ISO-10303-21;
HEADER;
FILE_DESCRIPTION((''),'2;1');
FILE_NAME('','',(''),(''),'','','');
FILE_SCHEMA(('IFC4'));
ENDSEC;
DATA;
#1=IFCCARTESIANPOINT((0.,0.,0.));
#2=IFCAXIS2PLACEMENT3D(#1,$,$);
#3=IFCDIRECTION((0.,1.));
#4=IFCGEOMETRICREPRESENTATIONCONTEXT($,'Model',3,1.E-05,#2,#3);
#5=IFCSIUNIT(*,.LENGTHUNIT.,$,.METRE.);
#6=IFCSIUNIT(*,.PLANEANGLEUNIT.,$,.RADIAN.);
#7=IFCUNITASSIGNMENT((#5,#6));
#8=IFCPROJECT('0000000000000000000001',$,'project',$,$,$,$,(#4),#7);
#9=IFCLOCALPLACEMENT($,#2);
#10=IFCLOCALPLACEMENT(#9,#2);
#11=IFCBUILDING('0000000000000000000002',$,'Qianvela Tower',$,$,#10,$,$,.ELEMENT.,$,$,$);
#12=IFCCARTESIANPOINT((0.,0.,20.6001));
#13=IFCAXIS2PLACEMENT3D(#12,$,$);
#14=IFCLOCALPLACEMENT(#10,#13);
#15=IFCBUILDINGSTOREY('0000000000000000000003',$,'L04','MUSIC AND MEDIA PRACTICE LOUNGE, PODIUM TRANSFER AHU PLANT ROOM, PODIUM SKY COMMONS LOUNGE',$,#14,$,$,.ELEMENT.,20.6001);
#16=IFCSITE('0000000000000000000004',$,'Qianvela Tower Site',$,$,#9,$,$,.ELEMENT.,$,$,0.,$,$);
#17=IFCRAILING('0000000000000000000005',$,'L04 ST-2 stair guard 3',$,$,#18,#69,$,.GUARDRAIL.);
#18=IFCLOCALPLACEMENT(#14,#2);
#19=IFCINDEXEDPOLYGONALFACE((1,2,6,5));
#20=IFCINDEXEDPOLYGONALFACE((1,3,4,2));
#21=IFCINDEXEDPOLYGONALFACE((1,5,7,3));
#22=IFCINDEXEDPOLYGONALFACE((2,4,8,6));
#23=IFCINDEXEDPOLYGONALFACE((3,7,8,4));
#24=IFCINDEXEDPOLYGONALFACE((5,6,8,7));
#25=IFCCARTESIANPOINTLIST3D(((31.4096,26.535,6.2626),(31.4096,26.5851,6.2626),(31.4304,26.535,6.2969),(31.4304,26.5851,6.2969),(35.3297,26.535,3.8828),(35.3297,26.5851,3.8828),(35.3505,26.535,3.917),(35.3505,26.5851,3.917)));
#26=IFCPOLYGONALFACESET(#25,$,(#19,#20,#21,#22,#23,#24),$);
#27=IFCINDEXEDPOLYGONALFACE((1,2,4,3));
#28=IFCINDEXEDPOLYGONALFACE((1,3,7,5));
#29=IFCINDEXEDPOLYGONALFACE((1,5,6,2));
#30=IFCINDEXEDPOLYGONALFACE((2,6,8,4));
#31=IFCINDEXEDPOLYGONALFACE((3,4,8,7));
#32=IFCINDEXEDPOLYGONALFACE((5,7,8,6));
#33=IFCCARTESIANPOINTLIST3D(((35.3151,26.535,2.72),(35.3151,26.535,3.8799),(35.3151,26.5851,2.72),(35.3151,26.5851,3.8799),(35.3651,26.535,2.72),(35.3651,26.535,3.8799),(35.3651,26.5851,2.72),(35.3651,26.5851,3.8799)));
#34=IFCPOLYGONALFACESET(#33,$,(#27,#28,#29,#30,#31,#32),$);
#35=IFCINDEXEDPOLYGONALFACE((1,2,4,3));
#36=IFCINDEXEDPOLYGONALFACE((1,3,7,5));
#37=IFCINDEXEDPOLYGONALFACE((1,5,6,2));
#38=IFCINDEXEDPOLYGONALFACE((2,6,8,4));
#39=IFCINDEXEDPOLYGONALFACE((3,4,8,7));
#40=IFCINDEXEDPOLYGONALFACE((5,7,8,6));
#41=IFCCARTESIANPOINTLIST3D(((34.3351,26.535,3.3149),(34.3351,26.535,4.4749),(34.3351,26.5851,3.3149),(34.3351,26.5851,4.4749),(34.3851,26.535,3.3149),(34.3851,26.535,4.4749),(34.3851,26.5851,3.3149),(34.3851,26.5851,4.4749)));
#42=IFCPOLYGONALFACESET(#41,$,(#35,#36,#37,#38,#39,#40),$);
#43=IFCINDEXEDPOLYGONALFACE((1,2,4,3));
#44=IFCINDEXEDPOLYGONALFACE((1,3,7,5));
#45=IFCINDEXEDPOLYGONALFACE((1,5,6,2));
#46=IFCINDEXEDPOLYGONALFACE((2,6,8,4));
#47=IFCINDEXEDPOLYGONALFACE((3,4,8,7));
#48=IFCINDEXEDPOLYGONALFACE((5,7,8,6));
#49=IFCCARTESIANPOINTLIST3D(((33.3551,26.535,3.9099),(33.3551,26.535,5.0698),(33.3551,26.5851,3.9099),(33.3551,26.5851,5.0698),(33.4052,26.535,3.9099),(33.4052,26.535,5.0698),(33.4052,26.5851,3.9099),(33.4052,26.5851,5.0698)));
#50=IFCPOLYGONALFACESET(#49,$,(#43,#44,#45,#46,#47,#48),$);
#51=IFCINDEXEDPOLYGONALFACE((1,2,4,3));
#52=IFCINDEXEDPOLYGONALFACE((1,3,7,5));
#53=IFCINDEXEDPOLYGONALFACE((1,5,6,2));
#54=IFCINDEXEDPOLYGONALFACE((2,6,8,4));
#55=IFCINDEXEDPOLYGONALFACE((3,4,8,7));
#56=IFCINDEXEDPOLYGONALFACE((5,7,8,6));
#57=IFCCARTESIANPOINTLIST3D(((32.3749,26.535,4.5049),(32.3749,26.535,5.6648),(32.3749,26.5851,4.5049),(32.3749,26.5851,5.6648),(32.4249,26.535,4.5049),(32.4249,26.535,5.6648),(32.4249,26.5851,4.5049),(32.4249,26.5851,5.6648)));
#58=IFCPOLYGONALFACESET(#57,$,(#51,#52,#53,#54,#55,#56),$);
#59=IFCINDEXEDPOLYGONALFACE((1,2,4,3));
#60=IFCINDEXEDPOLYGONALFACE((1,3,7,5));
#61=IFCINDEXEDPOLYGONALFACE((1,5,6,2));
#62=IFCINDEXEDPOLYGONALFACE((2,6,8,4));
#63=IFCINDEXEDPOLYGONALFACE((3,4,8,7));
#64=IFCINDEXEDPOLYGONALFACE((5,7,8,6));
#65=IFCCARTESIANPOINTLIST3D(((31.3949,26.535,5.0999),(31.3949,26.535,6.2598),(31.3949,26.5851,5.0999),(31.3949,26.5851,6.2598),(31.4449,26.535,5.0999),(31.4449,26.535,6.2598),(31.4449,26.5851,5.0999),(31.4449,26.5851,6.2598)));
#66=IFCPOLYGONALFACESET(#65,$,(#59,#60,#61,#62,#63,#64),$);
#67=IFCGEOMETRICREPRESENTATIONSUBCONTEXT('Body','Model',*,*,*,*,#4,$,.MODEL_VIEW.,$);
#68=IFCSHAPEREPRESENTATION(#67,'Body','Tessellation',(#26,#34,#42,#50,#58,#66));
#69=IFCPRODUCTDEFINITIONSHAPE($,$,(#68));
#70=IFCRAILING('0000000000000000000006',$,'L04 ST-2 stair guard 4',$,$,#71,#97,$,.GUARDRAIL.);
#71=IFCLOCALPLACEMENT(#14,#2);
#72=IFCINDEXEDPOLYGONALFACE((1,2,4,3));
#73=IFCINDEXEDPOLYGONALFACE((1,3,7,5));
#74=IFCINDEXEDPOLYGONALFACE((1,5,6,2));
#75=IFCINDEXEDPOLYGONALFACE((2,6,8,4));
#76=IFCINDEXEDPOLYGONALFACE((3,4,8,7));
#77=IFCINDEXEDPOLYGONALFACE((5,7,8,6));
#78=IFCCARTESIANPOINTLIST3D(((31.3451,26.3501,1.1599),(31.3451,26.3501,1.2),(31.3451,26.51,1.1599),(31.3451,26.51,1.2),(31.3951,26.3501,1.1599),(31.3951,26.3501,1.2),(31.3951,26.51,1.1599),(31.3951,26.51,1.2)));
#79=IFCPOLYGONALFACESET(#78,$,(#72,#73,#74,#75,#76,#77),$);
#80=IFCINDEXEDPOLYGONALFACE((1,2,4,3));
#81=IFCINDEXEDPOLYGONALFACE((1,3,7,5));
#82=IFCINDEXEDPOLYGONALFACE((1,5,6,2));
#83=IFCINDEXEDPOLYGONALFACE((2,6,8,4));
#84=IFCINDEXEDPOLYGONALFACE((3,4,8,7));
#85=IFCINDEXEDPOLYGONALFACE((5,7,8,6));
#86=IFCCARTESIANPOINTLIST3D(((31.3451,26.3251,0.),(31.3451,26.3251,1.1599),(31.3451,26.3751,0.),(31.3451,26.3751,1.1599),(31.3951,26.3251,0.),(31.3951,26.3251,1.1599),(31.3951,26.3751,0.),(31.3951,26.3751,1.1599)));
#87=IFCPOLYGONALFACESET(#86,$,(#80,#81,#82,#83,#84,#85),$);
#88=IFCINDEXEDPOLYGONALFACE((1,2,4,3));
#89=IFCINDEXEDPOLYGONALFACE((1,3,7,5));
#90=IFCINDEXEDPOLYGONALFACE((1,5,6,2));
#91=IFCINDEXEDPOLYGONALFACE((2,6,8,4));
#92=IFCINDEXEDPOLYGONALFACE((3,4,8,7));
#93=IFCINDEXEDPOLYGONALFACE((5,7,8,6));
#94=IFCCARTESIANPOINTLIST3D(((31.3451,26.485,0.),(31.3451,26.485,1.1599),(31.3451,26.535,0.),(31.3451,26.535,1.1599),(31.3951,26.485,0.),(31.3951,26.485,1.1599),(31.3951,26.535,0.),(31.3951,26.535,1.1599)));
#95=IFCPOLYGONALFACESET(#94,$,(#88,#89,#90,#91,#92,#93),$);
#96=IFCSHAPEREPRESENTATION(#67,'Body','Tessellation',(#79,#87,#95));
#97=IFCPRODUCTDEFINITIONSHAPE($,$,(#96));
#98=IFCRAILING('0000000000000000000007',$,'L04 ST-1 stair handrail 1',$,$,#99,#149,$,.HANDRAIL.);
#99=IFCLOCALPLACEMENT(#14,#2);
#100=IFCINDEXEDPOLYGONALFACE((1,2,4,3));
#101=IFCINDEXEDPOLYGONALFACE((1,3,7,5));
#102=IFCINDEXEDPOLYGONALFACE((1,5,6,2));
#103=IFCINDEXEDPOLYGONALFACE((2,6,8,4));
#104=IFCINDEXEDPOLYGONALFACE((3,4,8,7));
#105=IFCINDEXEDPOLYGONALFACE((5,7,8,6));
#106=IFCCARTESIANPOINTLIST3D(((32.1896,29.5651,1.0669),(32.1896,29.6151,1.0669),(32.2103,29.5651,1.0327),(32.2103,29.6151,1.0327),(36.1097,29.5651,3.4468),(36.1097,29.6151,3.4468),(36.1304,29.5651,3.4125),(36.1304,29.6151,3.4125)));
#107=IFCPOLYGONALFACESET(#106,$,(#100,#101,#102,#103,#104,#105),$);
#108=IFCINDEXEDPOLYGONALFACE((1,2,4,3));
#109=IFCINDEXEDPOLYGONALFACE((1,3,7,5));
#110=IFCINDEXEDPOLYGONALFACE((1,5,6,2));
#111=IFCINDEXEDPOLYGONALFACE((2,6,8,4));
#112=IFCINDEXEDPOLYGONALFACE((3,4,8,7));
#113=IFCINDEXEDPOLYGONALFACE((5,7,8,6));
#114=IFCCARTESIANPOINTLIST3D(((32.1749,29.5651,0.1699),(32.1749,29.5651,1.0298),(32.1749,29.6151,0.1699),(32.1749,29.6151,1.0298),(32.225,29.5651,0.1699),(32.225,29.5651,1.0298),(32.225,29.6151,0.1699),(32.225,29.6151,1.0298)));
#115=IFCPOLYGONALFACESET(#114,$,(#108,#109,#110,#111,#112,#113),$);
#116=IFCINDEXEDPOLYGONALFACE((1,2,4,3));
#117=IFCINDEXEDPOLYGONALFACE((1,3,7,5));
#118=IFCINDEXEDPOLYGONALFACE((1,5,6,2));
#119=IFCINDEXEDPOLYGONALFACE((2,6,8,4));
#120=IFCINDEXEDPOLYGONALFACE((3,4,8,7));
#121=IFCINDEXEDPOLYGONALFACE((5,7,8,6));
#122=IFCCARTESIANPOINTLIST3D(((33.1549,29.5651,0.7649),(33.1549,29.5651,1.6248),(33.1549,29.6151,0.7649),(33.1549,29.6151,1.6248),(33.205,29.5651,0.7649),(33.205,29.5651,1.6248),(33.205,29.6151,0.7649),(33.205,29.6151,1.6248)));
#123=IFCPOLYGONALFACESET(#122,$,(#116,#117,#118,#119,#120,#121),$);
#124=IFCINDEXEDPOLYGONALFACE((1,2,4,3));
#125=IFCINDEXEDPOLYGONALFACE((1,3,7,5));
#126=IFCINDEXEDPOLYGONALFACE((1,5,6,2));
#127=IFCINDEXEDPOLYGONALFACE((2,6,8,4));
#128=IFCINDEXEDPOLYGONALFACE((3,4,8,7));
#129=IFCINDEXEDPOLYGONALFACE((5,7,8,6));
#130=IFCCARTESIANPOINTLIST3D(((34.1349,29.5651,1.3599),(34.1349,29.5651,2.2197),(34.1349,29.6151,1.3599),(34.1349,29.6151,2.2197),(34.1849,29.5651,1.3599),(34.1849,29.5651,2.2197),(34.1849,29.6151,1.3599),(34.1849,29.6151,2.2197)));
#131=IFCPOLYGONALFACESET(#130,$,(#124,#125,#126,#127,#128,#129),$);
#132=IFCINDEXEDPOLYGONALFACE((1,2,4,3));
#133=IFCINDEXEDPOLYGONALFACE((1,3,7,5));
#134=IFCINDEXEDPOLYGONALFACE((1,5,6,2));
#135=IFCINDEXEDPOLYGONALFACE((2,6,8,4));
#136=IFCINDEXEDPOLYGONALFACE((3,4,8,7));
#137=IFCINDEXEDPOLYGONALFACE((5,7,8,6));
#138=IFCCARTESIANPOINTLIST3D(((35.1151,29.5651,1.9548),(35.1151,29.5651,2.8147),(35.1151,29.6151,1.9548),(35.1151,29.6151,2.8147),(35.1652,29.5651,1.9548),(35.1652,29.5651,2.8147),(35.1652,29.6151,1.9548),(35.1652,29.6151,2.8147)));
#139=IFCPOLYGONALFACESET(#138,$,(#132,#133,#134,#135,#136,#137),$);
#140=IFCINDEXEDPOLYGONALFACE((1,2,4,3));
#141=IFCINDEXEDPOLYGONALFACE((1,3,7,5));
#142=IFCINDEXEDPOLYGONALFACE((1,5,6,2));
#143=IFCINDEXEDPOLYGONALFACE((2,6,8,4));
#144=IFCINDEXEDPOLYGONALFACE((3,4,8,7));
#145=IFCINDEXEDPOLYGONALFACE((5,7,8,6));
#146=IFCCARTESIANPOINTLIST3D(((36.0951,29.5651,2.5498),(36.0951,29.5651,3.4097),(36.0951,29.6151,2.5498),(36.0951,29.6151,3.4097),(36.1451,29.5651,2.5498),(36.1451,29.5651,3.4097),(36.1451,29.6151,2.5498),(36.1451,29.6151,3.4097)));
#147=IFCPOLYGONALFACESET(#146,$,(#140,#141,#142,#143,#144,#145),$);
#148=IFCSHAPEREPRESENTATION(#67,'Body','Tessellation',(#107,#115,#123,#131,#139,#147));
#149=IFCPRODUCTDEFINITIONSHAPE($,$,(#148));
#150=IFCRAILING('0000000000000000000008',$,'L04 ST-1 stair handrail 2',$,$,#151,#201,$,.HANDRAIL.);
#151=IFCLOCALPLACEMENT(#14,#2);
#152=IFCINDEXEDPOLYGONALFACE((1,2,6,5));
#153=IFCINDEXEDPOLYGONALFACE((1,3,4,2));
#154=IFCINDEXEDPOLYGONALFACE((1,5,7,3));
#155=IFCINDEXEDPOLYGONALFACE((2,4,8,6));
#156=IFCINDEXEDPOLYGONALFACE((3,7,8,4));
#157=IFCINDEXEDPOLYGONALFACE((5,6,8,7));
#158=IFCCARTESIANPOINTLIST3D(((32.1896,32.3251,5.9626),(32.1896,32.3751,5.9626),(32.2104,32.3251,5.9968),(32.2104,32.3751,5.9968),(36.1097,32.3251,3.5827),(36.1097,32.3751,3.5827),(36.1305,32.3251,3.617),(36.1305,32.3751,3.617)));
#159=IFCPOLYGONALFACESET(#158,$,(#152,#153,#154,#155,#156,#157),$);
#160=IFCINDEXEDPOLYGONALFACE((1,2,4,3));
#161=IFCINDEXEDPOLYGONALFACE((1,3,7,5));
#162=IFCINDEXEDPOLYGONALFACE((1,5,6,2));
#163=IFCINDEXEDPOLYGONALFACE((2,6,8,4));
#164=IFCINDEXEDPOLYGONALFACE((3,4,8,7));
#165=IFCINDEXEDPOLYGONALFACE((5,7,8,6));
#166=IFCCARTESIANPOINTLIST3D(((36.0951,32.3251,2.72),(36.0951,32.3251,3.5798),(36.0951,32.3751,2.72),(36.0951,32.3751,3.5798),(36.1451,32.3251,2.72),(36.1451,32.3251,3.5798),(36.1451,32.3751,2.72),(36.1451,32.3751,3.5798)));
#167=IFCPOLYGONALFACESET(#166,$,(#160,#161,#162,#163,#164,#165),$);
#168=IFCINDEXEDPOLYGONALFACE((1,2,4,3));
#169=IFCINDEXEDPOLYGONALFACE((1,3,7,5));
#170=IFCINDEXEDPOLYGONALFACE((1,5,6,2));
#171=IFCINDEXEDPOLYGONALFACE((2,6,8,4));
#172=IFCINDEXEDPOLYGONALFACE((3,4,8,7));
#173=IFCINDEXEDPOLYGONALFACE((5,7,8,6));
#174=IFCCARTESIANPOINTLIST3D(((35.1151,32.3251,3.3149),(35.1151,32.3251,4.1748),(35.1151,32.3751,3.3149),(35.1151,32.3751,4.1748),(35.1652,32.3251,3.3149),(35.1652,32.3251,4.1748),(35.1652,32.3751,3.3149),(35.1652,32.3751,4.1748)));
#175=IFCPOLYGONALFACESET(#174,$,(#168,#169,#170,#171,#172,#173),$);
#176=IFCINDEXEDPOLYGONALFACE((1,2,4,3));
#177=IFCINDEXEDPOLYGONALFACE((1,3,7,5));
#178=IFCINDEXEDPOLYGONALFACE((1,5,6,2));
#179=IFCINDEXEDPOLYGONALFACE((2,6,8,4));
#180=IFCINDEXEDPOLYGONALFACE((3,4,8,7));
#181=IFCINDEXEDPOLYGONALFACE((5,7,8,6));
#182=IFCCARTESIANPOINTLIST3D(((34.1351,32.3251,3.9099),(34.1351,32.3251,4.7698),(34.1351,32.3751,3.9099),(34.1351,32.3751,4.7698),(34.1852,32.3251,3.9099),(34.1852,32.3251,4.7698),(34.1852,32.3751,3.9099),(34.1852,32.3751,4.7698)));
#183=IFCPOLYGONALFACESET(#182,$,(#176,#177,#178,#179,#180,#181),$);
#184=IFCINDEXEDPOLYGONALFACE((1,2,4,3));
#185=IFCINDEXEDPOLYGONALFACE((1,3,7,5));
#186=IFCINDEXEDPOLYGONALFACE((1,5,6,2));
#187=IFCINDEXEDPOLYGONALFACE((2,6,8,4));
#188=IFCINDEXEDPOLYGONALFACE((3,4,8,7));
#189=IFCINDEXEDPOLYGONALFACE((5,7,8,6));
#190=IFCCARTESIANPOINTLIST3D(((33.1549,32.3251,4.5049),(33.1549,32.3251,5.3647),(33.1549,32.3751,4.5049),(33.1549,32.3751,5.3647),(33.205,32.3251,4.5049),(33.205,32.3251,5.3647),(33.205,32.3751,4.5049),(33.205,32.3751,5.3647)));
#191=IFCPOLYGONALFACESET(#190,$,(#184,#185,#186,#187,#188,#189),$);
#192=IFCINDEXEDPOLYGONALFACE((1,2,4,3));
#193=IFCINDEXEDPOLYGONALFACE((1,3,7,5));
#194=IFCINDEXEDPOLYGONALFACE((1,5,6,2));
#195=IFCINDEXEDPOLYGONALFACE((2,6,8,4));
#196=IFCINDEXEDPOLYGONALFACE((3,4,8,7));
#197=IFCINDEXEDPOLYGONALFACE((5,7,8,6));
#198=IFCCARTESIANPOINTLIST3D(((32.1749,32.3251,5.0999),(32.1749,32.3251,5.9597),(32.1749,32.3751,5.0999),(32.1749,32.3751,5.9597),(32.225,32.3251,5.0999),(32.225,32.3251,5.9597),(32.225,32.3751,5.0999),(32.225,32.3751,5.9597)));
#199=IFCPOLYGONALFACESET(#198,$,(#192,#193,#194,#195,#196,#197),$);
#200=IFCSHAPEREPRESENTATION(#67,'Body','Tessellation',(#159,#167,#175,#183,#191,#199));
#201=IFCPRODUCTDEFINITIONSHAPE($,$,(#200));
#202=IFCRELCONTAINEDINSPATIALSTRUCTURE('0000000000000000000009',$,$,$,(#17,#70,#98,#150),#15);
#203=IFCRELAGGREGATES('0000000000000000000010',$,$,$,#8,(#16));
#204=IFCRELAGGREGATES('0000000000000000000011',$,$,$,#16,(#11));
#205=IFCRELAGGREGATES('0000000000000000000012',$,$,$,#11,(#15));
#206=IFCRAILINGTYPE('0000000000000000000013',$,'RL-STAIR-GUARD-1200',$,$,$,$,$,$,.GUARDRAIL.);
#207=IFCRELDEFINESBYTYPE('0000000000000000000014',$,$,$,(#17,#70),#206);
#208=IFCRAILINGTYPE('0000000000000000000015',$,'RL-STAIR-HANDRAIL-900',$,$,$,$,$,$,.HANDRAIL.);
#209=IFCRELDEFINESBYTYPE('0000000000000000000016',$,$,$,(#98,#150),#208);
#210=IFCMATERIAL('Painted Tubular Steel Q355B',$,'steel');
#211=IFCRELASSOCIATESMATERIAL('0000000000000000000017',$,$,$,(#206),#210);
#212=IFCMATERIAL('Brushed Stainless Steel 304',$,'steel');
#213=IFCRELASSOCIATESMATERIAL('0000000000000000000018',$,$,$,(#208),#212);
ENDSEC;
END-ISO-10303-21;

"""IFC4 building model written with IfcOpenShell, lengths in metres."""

from ifc_helpers import new_model, si_unit, direction, frame, origin, origin_2d, place, context, subcontext, project, spatial, rectangle, extrude, material, type_object, element, save


model = new_model("IFC4")

# Units and contexts
model_context = context("Model", 3, precision=1e-05, world=origin(), true_north=direction((0.0, 1.0)))
body_context = subcontext(model_context, "Body", "Model", "MODEL_VIEW")
ifc_project = project(units=[si_unit("LENGTHUNIT", "METRE"), si_unit("PLANEANGLEUNIT", "RADIAN")], contexts=[model_context])

# Site, building, storey
site_placement = place(None, origin())
site = spatial("IfcSite", under=ifc_project, at=site_placement, Name="Qianvela Tower Site", CompositionType="ELEMENT", RefElevation=0.0)
building_placement = place(site_placement, origin())
building = spatial("IfcBuilding", under=site, at=building_placement, Name="Qianvela Tower", CompositionType="ELEMENT")
storey_placement = place(building_placement, frame((0.0, 0.0, 20.6001)))
storey = spatial("IfcBuildingStorey", under=building, at=storey_placement, Name="L04", Description="MUSIC AND MEDIA PRACTICE LOUNGE, PODIUM TRANSFER AHU PLANT ROOM, PODIUM SKY COMMONS LOUNGE", CompositionType="ELEMENT", Elevation=20.6001)

# Railings
ifc_material_1 = material(Name="Painted Tubular Steel Q355B", Category="steel")
railing_type_1 = type_object("IfcRailingType", Name="RL-STAIR-GUARD-1200", PredefinedType="GUARDRAIL", material=ifc_material_1)
railing_1_placement = place(storey_placement, frame((35.3401, 26.5601, 2.72)))
element("IfcRailing", 1, at=railing_1_placement, inside=storey, type_object=railing_type_1, Name="L04 ST-2 stair guard 3", PredefinedType="GUARDRAIL", context=body_context, shape_type="SweptSolid", body=[
    extrude(rectangle(XDim=0.05, YDim=0.04, at=origin_2d()), frame((0.0, 0.0, 1.1799), z_axis=(-0.854809, 0.0, 0.518943), x_axis=(0.0, -1.0, 0.0)), (0.0, 0.0, 1.0), 4.5859),
    extrude(rectangle(XDim=0.05, YDim=0.05, at=origin_2d()), origin(), (0.0, 0.0, 1.0), 1.1599),
    extrude(rectangle(XDim=0.05, YDim=0.05, at=origin_2d()), frame((-0.98, 0.0, 0.595)), (0.0, 0.0, 1.0), 1.1599),
    extrude(rectangle(XDim=0.05, YDim=0.05, at=origin_2d()), frame((-1.96, 0.0, 1.1899)), (0.0, 0.0, 1.0), 1.1599),
    extrude(rectangle(XDim=0.05, YDim=0.05, at=origin_2d()), frame((-2.9402, 0.0, 1.7849)), (0.0, 0.0, 1.0), 1.1599),
    extrude(rectangle(XDim=0.05, YDim=0.05, at=origin_2d()), frame((-3.9202, 0.0, 2.3799)), (0.0, 0.0, 1.0), 1.1599),
])
railing_2_placement = place(storey_placement, frame((31.3701, 26.3501, 0.0)))
element("IfcRailing", 2, at=railing_2_placement, inside=storey, type_object=railing_type_1, Name="L04 ST-2 stair guard 4", PredefinedType="GUARDRAIL", context=body_context, shape_type="SweptSolid", body=[
    extrude(rectangle(XDim=0.05, YDim=0.04, at=origin_2d()), frame((0.0, 0.0, 1.1799), z_axis=(0.0, 1.0, 0.0), x_axis=(-1.0, 0.0, 0.0)), (0.0, 0.0, 1.0), 0.1599),
    extrude(rectangle(XDim=0.05, YDim=0.05, at=origin_2d()), origin(), (0.0, 0.0, 1.0), 1.1599),
    extrude(rectangle(XDim=0.05, YDim=0.05, at=origin_2d()), frame((0.0, 0.1599, 0.0)), (0.0, 0.0, 1.0), 1.1599),
])
ifc_material_2 = material(Name="Brushed Stainless Steel 304", Category="steel")
railing_type_2 = type_object("IfcRailingType", Name="RL-STAIR-HANDRAIL-900", PredefinedType="HANDRAIL", material=ifc_material_2)
railing_3_placement = place(storey_placement, frame((32.2, 29.5901, 0.1699)))
element("IfcRailing", 3, at=railing_3_placement, inside=storey, type_object=railing_type_2, Name="L04 ST-1 stair handrail 1", PredefinedType="HANDRAIL", context=body_context, shape_type="SweptSolid", body=[
    extrude(rectangle(XDim=0.05, YDim=0.04, at=origin_2d()), frame((0.0, 0.0, 0.8799), z_axis=(0.854809, 0.0, 0.518943), x_axis=(0.0, 1.0, 0.0)), (0.0, 0.0, 1.0), 4.5859),
    extrude(rectangle(XDim=0.05, YDim=0.05, at=origin_2d()), origin(), (0.0, 0.0, 1.0), 0.8599),
    extrude(rectangle(XDim=0.05, YDim=0.05, at=origin_2d()), frame((0.98, 0.0, 0.595)), (0.0, 0.0, 1.0), 0.8599),
    extrude(rectangle(XDim=0.05, YDim=0.05, at=origin_2d()), frame((1.96, 0.0, 1.1899)), (0.0, 0.0, 1.0), 0.8599),
    extrude(rectangle(XDim=0.05, YDim=0.05, at=origin_2d()), frame((2.9402, 0.0, 1.7849)), (0.0, 0.0, 1.0), 0.8599),
    extrude(rectangle(XDim=0.05, YDim=0.05, at=origin_2d()), frame((3.9202, 0.0, 2.3799)), (0.0, 0.0, 1.0), 0.8599),
])
for number, where, name in (
    (4, (36.1201, 32.3501, 2.72), "L04 ST-1 stair handrail 2"),
):
    element("IfcRailing", number, at=place(storey_placement, frame(where)), inside=storey, type_object=railing_type_2, Name=name, PredefinedType="HANDRAIL", context=body_context, shape_type="SweptSolid", body=[
        extrude(rectangle(XDim=0.05, YDim=0.04, at=origin_2d()), frame((0.0, 0.0, 0.8799), z_axis=(-0.854809, 0.0, 0.518943), x_axis=(0.0, -1.0, 0.0)), (0.0, 0.0, 1.0), 4.5859),
        extrude(rectangle(XDim=0.05, YDim=0.05, at=origin_2d()), origin(), (0.0, 0.0, 1.0), 0.8599),
        extrude(rectangle(XDim=0.05, YDim=0.05, at=origin_2d()), frame((-0.98, 0.0, 0.595)), (0.0, 0.0, 1.0), 0.8599),
        extrude(rectangle(XDim=0.05, YDim=0.05, at=origin_2d()), frame((-1.96, 0.0, 1.1899)), (0.0, 0.0, 1.0), 0.8599),
        extrude(rectangle(XDim=0.05, YDim=0.05, at=origin_2d()), frame((-2.9402, 0.0, 1.7849)), (0.0, 0.0, 1.0), 0.8599),
        extrude(rectangle(XDim=0.05, YDim=0.05, at=origin_2d()), frame((-3.9202, 0.0, 2.3799)), (0.0, 0.0, 1.0), 0.8599),
    ])

save(model, "model.ifc")
